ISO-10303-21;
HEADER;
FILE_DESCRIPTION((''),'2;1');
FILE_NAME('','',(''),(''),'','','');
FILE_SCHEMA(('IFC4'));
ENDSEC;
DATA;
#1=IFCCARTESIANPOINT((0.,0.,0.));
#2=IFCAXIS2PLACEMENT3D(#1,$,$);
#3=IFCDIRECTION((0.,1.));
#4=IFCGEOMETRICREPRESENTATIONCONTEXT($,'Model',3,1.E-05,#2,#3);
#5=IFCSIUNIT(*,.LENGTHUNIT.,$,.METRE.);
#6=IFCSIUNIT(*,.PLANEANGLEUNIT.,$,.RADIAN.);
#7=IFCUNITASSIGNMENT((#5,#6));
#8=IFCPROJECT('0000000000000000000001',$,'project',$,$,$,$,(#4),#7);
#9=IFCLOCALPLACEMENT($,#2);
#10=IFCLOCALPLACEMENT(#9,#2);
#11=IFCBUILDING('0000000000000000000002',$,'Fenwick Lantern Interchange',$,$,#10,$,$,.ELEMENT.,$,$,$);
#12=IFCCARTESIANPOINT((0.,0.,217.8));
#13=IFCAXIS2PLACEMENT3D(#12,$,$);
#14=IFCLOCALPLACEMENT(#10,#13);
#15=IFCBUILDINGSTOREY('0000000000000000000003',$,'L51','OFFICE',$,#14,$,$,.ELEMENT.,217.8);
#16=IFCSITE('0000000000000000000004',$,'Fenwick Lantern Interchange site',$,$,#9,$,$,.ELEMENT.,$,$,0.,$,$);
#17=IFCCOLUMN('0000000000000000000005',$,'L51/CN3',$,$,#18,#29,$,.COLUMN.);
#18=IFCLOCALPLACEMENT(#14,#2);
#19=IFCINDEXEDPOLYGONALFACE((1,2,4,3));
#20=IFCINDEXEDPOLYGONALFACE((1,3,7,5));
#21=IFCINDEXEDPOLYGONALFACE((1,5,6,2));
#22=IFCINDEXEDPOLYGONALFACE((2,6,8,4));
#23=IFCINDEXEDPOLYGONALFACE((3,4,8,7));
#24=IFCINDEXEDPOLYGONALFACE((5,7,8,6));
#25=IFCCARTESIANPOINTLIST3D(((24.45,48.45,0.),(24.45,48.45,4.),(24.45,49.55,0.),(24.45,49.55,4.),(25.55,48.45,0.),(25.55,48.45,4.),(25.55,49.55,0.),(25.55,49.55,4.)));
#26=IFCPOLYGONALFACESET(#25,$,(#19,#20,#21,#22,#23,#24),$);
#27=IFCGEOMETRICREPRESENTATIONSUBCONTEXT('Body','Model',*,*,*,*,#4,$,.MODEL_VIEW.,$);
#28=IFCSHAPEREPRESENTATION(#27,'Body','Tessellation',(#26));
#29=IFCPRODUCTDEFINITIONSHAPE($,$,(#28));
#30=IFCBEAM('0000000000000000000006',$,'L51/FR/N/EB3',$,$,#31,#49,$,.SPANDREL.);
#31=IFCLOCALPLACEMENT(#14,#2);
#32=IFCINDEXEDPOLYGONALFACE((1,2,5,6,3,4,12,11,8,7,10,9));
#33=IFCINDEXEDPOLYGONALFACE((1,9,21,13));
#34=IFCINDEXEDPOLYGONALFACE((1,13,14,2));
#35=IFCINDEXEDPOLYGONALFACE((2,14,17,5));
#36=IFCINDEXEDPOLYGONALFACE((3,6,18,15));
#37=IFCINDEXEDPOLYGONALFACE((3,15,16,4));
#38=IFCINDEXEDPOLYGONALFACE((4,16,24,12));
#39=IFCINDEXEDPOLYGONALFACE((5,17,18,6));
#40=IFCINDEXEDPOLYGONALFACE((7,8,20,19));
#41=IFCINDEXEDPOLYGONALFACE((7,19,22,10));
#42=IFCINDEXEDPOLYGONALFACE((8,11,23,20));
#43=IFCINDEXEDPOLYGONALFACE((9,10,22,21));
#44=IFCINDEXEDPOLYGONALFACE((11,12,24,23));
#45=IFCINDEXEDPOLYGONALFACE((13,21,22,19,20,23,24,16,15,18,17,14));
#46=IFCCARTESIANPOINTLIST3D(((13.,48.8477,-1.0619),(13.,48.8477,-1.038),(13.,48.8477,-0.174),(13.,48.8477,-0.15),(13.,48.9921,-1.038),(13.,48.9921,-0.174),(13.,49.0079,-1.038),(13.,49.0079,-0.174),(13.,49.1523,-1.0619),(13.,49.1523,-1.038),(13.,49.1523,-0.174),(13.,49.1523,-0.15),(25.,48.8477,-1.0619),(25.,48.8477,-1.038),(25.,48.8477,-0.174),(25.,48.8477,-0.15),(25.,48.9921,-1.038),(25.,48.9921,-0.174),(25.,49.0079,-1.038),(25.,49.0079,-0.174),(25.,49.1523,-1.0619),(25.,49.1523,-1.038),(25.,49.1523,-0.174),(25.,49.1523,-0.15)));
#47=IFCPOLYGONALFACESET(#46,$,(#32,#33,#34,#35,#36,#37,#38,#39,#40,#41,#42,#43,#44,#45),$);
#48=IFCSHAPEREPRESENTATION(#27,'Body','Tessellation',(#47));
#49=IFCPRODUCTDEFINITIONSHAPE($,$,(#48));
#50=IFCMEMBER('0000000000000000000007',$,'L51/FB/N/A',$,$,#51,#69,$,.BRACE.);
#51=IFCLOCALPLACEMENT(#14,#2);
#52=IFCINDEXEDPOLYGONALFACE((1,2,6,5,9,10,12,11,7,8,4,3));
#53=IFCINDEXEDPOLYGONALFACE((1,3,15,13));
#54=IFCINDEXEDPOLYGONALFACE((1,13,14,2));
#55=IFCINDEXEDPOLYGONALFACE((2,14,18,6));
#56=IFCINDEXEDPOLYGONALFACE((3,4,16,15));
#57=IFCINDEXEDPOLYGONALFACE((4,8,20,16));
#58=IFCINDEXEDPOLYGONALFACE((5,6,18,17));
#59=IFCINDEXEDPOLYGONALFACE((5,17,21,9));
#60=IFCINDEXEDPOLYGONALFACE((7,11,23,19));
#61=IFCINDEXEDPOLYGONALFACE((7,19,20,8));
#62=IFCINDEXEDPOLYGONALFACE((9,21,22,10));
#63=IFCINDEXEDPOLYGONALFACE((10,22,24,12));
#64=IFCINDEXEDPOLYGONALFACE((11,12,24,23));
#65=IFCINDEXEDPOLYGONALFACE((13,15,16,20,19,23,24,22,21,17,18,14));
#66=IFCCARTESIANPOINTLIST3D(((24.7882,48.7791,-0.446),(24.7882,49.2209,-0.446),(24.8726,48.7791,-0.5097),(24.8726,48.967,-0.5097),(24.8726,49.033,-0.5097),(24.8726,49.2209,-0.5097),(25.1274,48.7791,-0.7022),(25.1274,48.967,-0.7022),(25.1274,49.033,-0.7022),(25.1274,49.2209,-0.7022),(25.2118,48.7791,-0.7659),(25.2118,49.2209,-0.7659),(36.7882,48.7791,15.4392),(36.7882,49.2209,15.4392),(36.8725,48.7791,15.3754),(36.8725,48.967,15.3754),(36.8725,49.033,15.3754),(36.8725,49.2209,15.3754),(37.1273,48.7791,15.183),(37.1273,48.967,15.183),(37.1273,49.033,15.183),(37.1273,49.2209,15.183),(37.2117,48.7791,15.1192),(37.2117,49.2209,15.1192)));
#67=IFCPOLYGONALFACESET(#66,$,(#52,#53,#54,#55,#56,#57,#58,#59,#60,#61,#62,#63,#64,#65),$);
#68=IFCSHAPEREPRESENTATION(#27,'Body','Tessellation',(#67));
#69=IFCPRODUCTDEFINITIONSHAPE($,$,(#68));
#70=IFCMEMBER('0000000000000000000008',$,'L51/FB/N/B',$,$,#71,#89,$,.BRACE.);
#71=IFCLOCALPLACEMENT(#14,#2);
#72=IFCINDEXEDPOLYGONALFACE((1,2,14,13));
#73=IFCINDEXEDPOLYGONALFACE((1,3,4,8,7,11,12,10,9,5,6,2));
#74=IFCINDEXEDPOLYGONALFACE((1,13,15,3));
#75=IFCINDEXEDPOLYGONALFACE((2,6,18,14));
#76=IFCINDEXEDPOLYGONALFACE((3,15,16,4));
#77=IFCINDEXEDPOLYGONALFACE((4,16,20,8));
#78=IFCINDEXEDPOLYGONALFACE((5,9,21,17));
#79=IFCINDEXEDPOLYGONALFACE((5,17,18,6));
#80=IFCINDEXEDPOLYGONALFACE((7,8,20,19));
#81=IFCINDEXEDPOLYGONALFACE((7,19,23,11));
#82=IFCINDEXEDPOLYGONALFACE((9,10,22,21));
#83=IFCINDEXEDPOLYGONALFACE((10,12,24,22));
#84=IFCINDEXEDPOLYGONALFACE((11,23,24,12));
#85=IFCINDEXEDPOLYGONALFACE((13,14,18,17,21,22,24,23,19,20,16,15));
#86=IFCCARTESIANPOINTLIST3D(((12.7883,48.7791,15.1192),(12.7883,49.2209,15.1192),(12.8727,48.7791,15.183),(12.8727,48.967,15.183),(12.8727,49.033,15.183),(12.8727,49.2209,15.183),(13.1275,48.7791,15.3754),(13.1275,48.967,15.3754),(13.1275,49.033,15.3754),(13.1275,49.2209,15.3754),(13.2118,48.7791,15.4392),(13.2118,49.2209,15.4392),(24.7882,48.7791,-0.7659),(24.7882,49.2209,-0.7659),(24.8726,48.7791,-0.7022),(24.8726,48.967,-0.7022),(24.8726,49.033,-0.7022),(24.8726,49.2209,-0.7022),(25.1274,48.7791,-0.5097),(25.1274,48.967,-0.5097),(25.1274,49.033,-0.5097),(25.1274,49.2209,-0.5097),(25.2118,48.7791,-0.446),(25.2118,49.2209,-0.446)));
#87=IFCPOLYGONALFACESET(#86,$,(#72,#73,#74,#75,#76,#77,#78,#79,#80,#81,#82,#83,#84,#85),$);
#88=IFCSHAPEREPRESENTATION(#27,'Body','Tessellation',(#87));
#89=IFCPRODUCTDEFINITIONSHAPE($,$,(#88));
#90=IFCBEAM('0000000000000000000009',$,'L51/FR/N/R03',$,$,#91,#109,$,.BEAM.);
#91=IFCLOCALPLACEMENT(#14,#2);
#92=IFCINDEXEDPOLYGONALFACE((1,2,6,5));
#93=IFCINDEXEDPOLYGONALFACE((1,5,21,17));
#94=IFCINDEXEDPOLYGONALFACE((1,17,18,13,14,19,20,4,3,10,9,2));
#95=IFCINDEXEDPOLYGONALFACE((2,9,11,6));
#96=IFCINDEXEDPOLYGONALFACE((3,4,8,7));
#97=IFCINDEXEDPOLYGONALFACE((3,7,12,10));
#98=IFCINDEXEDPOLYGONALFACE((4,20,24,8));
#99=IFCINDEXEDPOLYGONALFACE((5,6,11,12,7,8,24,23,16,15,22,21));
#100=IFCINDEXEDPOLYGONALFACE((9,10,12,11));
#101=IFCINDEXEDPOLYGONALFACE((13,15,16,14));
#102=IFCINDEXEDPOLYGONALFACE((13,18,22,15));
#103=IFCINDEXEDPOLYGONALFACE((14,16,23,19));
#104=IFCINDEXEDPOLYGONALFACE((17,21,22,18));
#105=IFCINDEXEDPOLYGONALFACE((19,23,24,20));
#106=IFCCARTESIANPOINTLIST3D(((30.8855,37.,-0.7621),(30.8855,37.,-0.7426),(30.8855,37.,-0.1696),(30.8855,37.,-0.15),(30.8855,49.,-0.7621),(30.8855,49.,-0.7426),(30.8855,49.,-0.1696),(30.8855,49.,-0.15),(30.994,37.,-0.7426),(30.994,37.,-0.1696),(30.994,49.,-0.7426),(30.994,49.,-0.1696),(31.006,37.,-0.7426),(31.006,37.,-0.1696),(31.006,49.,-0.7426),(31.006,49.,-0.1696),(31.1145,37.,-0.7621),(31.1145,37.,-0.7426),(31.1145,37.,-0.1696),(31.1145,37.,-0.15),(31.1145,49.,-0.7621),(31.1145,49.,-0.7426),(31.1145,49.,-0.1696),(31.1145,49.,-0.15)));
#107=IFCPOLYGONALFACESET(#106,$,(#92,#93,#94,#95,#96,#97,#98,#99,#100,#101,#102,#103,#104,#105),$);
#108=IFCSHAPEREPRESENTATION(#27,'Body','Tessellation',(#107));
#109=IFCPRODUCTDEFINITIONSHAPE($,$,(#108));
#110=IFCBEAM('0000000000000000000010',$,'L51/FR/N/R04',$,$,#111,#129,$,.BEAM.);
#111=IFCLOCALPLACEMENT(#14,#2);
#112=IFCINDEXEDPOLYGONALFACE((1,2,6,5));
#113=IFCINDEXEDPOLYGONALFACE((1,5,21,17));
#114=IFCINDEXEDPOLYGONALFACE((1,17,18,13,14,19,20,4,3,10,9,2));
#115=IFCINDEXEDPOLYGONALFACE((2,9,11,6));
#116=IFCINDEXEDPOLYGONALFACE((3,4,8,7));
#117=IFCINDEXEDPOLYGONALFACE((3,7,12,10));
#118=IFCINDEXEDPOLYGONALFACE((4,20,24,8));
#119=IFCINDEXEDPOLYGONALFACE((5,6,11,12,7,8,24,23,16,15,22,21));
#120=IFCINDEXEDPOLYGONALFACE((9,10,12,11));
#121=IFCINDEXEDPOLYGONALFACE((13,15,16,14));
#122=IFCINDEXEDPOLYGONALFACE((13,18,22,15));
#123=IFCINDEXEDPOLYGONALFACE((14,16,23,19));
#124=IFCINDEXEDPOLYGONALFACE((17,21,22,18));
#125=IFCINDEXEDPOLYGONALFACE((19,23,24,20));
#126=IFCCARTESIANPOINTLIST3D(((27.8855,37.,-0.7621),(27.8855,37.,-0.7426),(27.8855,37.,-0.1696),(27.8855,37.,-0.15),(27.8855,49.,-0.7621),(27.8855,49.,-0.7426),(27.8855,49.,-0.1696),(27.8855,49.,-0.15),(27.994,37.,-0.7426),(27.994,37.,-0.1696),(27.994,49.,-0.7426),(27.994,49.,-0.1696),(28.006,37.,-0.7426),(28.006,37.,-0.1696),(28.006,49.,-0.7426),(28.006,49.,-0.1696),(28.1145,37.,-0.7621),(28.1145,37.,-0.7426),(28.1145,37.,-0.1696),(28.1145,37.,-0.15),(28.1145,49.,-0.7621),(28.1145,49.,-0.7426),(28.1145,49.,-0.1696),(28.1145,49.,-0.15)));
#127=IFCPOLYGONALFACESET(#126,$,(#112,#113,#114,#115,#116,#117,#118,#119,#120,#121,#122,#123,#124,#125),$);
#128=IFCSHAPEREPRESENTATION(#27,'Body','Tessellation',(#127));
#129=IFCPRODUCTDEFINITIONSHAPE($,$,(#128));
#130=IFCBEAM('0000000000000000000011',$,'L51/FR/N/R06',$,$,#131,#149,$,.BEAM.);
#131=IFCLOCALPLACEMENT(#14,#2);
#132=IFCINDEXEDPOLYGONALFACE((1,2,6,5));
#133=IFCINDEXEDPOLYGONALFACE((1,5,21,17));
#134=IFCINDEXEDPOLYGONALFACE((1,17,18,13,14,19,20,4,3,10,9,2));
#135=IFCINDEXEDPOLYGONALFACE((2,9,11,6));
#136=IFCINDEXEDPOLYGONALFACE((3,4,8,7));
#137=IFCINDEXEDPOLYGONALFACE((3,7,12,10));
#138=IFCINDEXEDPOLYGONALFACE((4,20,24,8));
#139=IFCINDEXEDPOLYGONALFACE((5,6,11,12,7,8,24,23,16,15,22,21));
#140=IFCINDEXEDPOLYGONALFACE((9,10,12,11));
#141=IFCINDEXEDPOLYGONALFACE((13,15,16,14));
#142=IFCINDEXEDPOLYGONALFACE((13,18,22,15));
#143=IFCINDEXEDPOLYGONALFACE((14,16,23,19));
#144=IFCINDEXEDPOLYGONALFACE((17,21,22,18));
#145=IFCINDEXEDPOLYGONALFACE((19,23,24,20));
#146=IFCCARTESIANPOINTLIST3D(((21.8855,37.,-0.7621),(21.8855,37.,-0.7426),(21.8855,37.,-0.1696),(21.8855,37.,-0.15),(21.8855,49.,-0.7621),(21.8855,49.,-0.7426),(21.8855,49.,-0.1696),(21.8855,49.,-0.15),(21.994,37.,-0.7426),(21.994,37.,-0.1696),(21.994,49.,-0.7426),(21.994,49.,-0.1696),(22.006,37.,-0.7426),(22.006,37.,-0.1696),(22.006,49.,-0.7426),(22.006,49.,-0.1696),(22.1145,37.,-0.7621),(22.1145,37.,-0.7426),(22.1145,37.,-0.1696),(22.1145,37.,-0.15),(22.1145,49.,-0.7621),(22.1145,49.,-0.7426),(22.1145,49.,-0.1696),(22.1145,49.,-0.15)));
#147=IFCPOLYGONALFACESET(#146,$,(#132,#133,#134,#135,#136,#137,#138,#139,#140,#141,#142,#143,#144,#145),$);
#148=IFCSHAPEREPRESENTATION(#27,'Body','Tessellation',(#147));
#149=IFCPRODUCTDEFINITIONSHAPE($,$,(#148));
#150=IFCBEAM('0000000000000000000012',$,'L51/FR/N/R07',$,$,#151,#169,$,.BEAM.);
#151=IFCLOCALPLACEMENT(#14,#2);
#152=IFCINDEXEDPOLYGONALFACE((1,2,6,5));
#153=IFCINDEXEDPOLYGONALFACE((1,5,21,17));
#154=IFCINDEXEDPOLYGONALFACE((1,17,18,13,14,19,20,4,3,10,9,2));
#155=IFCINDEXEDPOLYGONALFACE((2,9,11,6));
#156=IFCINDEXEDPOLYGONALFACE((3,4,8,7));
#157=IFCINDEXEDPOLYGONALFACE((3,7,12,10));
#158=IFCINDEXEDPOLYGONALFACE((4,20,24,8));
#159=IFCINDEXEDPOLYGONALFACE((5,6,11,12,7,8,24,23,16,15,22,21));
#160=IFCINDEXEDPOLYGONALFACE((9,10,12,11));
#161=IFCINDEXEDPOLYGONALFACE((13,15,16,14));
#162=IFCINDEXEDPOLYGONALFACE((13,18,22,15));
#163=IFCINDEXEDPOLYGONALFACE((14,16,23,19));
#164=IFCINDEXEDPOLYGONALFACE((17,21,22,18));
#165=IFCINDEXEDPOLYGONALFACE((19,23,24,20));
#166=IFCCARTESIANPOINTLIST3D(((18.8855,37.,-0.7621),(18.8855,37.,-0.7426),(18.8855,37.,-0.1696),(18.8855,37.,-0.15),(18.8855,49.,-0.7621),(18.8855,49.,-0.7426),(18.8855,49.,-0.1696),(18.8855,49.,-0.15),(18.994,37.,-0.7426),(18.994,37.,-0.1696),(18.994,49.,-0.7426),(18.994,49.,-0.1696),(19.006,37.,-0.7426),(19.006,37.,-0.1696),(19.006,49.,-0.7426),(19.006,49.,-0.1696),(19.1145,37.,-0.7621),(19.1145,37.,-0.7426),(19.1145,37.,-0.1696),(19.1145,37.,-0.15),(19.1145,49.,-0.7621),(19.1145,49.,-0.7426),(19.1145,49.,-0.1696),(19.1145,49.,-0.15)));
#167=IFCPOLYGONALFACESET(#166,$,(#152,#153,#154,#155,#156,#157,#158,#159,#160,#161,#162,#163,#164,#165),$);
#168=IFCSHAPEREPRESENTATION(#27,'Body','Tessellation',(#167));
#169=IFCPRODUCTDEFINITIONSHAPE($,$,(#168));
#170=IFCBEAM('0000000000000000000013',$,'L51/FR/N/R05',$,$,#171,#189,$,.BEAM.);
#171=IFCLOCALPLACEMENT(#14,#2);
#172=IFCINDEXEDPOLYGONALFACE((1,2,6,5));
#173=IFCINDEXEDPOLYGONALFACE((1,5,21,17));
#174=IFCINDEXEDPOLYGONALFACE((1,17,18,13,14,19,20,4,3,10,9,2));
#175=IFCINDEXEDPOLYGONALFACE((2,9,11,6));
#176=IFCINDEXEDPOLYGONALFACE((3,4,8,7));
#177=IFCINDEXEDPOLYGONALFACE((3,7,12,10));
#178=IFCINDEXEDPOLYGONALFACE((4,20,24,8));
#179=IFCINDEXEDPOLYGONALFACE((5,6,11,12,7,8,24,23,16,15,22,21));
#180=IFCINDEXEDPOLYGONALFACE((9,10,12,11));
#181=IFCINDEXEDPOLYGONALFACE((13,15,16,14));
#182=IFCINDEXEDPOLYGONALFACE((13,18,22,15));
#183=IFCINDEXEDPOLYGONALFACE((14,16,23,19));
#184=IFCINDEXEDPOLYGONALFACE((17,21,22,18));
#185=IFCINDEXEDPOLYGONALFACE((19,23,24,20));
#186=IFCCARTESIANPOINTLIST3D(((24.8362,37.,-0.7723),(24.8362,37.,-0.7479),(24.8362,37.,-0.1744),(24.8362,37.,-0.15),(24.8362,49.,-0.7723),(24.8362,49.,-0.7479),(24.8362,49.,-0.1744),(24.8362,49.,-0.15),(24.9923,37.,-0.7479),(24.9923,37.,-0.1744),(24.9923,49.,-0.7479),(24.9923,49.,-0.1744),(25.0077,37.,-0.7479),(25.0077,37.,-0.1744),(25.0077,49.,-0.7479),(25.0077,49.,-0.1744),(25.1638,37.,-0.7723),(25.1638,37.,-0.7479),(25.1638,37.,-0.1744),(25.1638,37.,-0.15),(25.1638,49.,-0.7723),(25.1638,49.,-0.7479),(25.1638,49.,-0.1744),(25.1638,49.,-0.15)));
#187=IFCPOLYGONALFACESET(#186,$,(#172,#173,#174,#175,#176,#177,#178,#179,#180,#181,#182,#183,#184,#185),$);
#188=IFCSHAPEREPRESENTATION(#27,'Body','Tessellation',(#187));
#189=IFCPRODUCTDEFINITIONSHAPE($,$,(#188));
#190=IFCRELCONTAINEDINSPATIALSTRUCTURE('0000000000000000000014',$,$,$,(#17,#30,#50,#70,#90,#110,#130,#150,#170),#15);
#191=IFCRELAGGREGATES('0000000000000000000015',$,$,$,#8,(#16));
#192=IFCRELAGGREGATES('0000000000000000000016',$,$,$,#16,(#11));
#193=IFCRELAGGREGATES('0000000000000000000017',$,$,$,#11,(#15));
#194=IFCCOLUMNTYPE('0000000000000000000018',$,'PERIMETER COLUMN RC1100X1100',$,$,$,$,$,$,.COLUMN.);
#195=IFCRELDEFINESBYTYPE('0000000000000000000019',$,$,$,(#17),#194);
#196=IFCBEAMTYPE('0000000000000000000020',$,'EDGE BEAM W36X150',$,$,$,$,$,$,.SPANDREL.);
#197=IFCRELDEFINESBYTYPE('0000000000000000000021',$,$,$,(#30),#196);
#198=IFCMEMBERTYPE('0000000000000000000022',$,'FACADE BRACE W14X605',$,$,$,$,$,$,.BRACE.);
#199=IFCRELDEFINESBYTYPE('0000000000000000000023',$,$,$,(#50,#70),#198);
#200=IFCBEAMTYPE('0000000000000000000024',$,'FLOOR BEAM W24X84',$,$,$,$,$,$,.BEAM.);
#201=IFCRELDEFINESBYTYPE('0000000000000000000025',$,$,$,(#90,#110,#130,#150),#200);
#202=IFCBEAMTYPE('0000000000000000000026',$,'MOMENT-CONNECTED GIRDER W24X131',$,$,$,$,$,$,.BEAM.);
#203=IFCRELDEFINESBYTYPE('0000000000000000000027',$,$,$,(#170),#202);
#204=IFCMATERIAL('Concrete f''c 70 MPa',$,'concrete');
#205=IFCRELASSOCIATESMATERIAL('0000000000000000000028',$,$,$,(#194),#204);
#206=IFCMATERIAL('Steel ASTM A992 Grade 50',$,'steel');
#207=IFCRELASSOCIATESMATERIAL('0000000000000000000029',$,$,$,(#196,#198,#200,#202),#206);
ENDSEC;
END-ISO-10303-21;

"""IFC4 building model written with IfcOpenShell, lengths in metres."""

from ifc_helpers import new_model, si_unit, direction, frame, origin, origin_2d, place, context, subcontext, project, spatial, rectangle, i_section, extrude, material, material_profile, profile_set, type_object, element, save


model = new_model("IFC4")

# Units and contexts
model_context = context("Model", 3, precision=1e-05, world=origin(), true_north=direction((0.0, 1.0)))
body_context = subcontext(model_context, "Body", "Model", "MODEL_VIEW")
ifc_project = project(units=[si_unit("LENGTHUNIT", "METRE"), si_unit("PLANEANGLEUNIT", "RADIAN")], contexts=[model_context])

# Site, building, storey
site_placement = place(None, origin())
site = spatial("IfcSite", under=ifc_project, at=site_placement, Name="Fenwick Lantern Interchange site", CompositionType="ELEMENT", RefElevation=0.0)
building_placement = place(site_placement, origin())
building = spatial("IfcBuilding", under=site, at=building_placement, Name="Fenwick Lantern Interchange", CompositionType="ELEMENT")
storey_placement = place(building_placement, frame((0.0, 0.0, 217.8)))
storey = spatial("IfcBuildingStorey", under=building, at=storey_placement, Name="L51", Description="OFFICE", CompositionType="ELEMENT", Elevation=217.8)

# Column
ifc_material_1 = material(Name="Concrete f'c 70 MPa", Category="concrete")
ifc_material_profile_1 = material_profile(ifc_material_1, rectangle(XDim=1.1001, YDim=1.1001, at=origin_2d()), Name="RC1100X1100")
ifc_profile_set_1 = profile_set([ifc_material_profile_1], Name="Concrete f'c 70 MPa")
column_type = type_object("IfcColumnType", Name="PERIMETER COLUMN RC1100X1100", PredefinedType="COLUMN", material=ifc_profile_set_1)
column_placement = place(storey_placement, frame((25.0, 49.0, 0.0), z_axis=(0.0, 0.0, 1.0), x_axis=(1.0, 0.0, 0.0)))
element("IfcColumn", 1, at=column_placement, inside=storey, type_object=column_type, Name="L51/CN3", PredefinedType="COLUMN", context=body_context, shape_type="SweptSolid", body=[
    extrude(rectangle(XDim=1.1001, YDim=1.1001, at=origin_2d()), origin(), (0.0, 0.0, 1.0), 4.0),
])

# Beam
ifc_material_2 = material(Name="Steel ASTM A992 Grade 50", Category="steel")
ifc_material_profile_2 = material_profile(ifc_material_2, i_section(OverallWidth=0.3047, OverallDepth=0.9119, WebThickness=0.0159, FlangeThickness=0.0239, at=origin_2d()), Name="W36X150")
ifc_profile_set_2 = profile_set([ifc_material_profile_2], Name="Steel ASTM A992 Grade 50")
beam_type_1 = type_object("IfcBeamType", Name="EDGE BEAM W36X150", PredefinedType="SPANDREL", material=ifc_profile_set_2)
beam_1_placement = place(storey_placement, frame((25.0, 49.0, -0.606), z_axis=(-1.0, 0.0, 0.0), x_axis=(0.0, -1.0, 0.0)))
element("IfcBeam", 2, at=beam_1_placement, inside=storey, type_object=beam_type_1, Name="L51/FR/N/EB3", PredefinedType="SPANDREL", context=body_context, shape_type="SweptSolid", body=[
    extrude(i_section(OverallWidth=0.3047, OverallDepth=0.9119, WebThickness=0.0159, FlangeThickness=0.0239, at=origin_2d()), origin(), (0.0, 0.0, 1.0), 12.0),
])

# Members
ifc_material_profile_3 = material_profile(ifc_material_2, i_section(OverallWidth=0.4419, OverallDepth=0.5308, WebThickness=0.0659, FlangeThickness=0.1057, at=origin_2d()), Name="W14X605")
ifc_profile_set_3 = profile_set([ifc_material_profile_3], Name="Steel ASTM A992 Grade 50")
member_type_1 = type_object("IfcMemberType", Name="FACADE BRACE W14X605", PredefinedType="BRACE", material=ifc_profile_set_3)
for number, where, z_axis, x_axis, name in (
    (3, (25.0, 49.0, -0.606), (0.602763, 0.0, 0.79792), (0.0, 1.0, 0.0), "L51/FB/N/A"),
    (4, (25.0, 49.0, -0.606), (-0.602763, 0.0, 0.79792), (0.0, -1.0, 0.0), "L51/FB/N/B"),
):
    element("IfcMember", number, at=place(storey_placement, frame(where, z_axis=z_axis, x_axis=x_axis)), inside=storey, type_object=member_type_1, Name=name, PredefinedType="BRACE", context=body_context, shape_type="SweptSolid", body=[
        extrude(i_section(OverallWidth=0.4419, OverallDepth=0.5308, WebThickness=0.0659, FlangeThickness=0.1057, at=origin_2d()), origin(), (0.0, 0.0, 1.0), 19.9082),
    ])

# Beams
ifc_material_profile_4 = material_profile(ifc_material_2, i_section(OverallWidth=0.229, OverallDepth=0.6121, WebThickness=0.012, FlangeThickness=0.0195, at=origin_2d()), Name="W24X84")
ifc_profile_set_4 = profile_set([ifc_material_profile_4], Name="Steel ASTM A992 Grade 50")
beam_type_2 = type_object("IfcBeamType", Name="FLOOR BEAM W24X84", PredefinedType="BEAM", material=ifc_profile_set_4)
for number, where, z_axis, x_axis, name in (
    (5, (31.0, 49.0, -0.4561), (0.0, -1.0, 0.0), (1.0, 0.0, 0.0), "L51/FR/N/R03"),
    (6, (28.0, 49.0, -0.4561), (0.0, -1.0, 0.0), (1.0, 0.0, 0.0), "L51/FR/N/R04"),
    (7, (22.0, 49.0, -0.4561), (0.0, -1.0, 0.0), (1.0, 0.0, 0.0), "L51/FR/N/R06"),
    (8, (19.0, 49.0, -0.4561), (0.0, -1.0, 0.0), (1.0, 0.0, 0.0), "L51/FR/N/R07"),
):
    element("IfcBeam", number, at=place(storey_placement, frame(where, z_axis=z_axis, x_axis=x_axis)), inside=storey, type_object=beam_type_2, Name=name, PredefinedType="BEAM", context=body_context, shape_type="SweptSolid", body=[
        extrude(i_section(OverallWidth=0.229, OverallDepth=0.6121, WebThickness=0.012, FlangeThickness=0.0195, at=origin_2d()), origin(), (0.0, 0.0, 1.0), 12.0),
    ])
ifc_material_profile_5 = material_profile(ifc_material_2, i_section(OverallWidth=0.3276, OverallDepth=0.6223, WebThickness=0.0154, FlangeThickness=0.0244, at=origin_2d()), Name="W24X131")
ifc_profile_set_5 = profile_set([ifc_material_profile_5], Name="Steel ASTM A992 Grade 50")
beam_type_3 = type_object("IfcBeamType", Name="MOMENT-CONNECTED GIRDER W24X131", PredefinedType="BEAM", material=ifc_profile_set_5)
beam_2_placement = place(storey_placement, frame((25.0, 49.0, -0.4612), z_axis=(0.0, -1.0, 0.0), x_axis=(1.0, 0.0, 0.0)))
element("IfcBeam", 9, at=beam_2_placement, inside=storey, type_object=beam_type_3, Name="L51/FR/N/R05", PredefinedType="BEAM", context=body_context, shape_type="SweptSolid", body=[
    extrude(i_section(OverallWidth=0.3276, OverallDepth=0.6223, WebThickness=0.0154, FlangeThickness=0.0244, at=origin_2d()), origin(), (0.0, 0.0, 1.0), 12.0),
])

save(model, "model.ifc")
